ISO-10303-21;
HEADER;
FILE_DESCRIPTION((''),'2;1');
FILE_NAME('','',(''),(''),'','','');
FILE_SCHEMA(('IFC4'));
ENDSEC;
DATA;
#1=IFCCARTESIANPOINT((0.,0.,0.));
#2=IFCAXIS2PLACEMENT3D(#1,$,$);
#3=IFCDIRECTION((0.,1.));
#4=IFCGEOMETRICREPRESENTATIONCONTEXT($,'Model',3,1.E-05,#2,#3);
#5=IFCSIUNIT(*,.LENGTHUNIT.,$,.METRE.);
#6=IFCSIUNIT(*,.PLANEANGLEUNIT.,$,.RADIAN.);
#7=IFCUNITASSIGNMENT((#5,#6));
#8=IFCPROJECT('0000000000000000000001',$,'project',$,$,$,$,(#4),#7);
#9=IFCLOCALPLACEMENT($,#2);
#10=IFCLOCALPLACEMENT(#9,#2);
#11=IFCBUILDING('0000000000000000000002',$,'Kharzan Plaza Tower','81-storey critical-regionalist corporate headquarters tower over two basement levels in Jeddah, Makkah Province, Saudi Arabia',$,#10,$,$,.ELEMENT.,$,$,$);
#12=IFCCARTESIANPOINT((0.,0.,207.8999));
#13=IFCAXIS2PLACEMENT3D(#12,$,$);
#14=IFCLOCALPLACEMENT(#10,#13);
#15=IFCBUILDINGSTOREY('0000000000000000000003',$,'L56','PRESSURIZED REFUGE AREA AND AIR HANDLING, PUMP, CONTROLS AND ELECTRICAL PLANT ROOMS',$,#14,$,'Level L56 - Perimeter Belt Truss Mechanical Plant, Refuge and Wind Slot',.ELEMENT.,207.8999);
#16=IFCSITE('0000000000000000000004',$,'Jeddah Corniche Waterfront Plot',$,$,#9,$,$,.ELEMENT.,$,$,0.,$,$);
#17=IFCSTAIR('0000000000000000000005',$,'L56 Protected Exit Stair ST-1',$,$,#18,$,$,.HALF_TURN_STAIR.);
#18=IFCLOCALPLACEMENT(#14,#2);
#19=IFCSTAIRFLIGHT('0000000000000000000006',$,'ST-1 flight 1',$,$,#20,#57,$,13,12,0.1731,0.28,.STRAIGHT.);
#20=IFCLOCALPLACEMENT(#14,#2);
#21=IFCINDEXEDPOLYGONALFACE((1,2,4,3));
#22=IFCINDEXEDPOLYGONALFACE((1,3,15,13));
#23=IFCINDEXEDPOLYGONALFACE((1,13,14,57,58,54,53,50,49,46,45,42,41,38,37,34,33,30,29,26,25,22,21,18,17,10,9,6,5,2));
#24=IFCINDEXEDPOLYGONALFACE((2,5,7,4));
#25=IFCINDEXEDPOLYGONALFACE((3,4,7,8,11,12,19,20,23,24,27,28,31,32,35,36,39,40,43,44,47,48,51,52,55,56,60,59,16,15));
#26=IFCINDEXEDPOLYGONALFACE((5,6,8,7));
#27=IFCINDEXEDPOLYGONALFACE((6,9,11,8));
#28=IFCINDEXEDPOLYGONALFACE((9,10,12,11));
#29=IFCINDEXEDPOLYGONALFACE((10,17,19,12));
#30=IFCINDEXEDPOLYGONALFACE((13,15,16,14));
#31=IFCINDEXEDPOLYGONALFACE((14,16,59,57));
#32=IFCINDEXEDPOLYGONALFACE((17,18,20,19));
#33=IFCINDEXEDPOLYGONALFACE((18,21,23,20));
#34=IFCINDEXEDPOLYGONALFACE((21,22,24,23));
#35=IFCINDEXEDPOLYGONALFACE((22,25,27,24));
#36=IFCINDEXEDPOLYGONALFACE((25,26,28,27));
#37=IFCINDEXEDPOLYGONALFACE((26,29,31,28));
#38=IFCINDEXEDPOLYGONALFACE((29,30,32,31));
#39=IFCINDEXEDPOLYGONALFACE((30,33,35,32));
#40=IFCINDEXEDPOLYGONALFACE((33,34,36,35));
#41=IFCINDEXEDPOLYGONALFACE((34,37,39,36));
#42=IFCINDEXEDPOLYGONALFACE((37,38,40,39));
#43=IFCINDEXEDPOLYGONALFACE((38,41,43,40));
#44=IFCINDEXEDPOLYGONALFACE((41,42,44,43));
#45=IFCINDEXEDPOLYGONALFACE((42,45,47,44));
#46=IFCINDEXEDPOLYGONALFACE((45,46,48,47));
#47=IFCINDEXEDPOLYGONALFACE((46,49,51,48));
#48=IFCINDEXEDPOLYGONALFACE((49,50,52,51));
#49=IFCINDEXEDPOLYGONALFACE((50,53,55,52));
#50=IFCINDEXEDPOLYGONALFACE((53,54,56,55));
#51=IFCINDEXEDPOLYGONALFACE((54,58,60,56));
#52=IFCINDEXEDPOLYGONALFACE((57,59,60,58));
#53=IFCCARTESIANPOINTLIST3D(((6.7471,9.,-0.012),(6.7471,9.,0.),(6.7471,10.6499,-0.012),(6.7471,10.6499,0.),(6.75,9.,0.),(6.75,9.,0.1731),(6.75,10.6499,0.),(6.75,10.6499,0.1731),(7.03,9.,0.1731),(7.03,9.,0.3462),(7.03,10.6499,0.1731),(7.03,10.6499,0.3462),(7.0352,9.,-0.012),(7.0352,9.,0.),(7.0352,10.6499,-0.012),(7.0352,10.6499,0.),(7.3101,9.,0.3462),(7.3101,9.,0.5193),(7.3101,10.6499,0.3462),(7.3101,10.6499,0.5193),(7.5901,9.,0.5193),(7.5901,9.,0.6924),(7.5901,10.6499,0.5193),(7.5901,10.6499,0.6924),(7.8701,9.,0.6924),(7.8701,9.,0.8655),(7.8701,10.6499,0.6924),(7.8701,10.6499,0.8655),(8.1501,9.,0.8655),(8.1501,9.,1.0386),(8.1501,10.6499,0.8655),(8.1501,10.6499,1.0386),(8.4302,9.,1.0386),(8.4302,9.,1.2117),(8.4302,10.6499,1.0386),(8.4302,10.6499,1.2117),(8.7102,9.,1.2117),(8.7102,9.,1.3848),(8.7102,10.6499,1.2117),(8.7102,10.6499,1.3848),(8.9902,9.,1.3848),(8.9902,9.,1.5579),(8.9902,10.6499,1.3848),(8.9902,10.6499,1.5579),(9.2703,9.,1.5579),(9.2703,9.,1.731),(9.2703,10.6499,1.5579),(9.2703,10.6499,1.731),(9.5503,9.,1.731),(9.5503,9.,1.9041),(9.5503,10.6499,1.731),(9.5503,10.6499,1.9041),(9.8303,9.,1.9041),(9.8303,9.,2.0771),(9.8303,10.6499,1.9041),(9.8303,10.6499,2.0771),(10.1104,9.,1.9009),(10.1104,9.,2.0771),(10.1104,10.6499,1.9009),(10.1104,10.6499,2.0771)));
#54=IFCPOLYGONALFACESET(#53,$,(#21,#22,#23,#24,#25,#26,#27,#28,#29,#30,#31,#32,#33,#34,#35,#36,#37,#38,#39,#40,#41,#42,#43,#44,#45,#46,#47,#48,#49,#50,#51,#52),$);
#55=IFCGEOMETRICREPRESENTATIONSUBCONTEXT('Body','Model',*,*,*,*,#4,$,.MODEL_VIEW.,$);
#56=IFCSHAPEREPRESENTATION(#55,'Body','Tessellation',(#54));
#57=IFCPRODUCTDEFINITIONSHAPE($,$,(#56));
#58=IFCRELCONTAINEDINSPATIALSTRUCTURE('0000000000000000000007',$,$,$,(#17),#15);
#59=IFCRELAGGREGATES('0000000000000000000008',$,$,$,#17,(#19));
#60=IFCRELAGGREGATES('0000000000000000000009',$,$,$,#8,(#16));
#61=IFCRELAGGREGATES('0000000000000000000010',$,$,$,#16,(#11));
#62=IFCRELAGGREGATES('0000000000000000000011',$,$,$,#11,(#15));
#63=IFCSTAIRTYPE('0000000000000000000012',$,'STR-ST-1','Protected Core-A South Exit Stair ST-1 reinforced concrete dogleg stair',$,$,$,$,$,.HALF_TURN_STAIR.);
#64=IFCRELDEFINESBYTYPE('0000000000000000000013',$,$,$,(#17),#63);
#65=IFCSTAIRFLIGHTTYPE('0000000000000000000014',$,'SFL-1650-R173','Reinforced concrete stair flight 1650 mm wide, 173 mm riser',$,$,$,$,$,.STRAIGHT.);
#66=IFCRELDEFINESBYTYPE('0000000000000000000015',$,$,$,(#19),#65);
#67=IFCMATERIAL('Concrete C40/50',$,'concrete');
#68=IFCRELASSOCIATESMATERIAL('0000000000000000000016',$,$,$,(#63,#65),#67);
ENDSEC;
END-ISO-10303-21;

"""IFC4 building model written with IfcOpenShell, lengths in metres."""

from ifc_helpers import new_model, si_unit, direction, frame, origin, place, context, subcontext, project, spatial, polyline, outline, extrude, source, transform, mapped, material, type_object, element, aggregate, save


model = new_model("IFC4")

# Units and contexts
model_context = context("Model", 3, precision=1e-05, world=origin(), true_north=direction((0.0, 1.0)))
body_context = subcontext(model_context, "Body", "Model", "MODEL_VIEW")
ifc_project = project(units=[si_unit("LENGTHUNIT", "METRE"), si_unit("PLANEANGLEUNIT", "RADIAN")], contexts=[model_context])

# Site, building, storey
site_placement = place(None, origin())
site = spatial("IfcSite", under=ifc_project, at=site_placement, Name="Jeddah Corniche Waterfront Plot", CompositionType="ELEMENT", RefElevation=0.0)
building_placement = place(site_placement, origin())
building = spatial("IfcBuilding", under=site, at=building_placement, Name="Kharzan Plaza Tower", Description="81-storey critical-regionalist corporate headquarters tower over two basement levels in Jeddah, Makkah Province, Saudi Arabia", CompositionType="ELEMENT")
storey_placement = place(building_placement, frame((0.0, 0.0, 207.8999)))
storey = spatial("IfcBuildingStorey", under=building, at=storey_placement, Name="L56", Description="PRESSURIZED REFUGE AREA AND AIR HANDLING, PUMP, CONTROLS AND ELECTRICAL PLANT ROOMS", LongName="Level L56 - Perimeter Belt Truss Mechanical Plant, Refuge and Wind Slot", CompositionType="ELEMENT", Elevation=207.8999)

# Shared definitions
ifc_material_1 = material(Name="Concrete C40/50", Category="concrete")

# Stair, stair flight
stair_type = type_object("IfcStairType", Name="STR-ST-1", Description="Protected Core-A South Exit Stair ST-1 reinforced concrete dogleg stair", PredefinedType="HALF_TURN_STAIR", material=ifc_material_1)
stair_placement = place(storey_placement, origin())
stair = element("IfcStair", 1, at=stair_placement, inside=storey, type_object=stair_type, Name="L56 Protected Exit Stair ST-1", PredefinedType="HALF_TURN_STAIR")
stair_flight_type = type_object("IfcStairFlightType", Name="SFL-1650-R173", Description="Reinforced concrete stair flight 1650 mm wide, 173 mm riser", PredefinedType="STRAIGHT", material=ifc_material_1)
shared_shape_1 = source(origin(), body_context, "Body", "SweptSolid", [
    extrude(outline(polyline([(-0.0029, -0.012), (-0.0029, 0.0), (0.0, 0.0), (0.0, 0.1731), (0.28, 0.1731), (0.28, 0.3462), (0.5601, 0.3462), (0.5601, 0.5193), (0.8401, 0.5193), (0.8401, 0.6924), (1.1201, 0.6924), (1.1201, 0.8655), (1.4001, 0.8655), (1.4001, 1.0386), (1.6802, 1.0386), (1.6802, 1.2117), (1.9602, 1.2117), (1.9602, 1.3848), (2.2402, 1.3848), (2.2402, 1.5579), (2.5203, 1.5579), (2.5203, 1.731), (2.8003, 1.731), (2.8003, 1.9041), (3.0803, 1.9041), (3.0803, 2.0771), (3.3604, 2.0771), (3.3604, 2.2502), (3.3604, 1.9009), (0.2852, 0.0), (0.2852, -0.012), (-0.0029, -0.012)])), frame((0.0, 0.825, 0.0), z_axis=(0.0, -1.0, 0.0), x_axis=(1.0, 0.0, 0.0)), (0.0, 0.0, 1.0), 1.6499),
])
stair_flight_placement = place(storey_placement, frame((6.75, 9.825, 0.0), z_axis=(0.0, 0.0, 1.0), x_axis=(1.0, 0.0, 0.0)))
stair_flight = element("IfcStairFlight", 2, at=stair_flight_placement, type_object=stair_flight_type, Name="ST-1 flight 1", NumberOfRisers=13, NumberOfTreads=12, PredefinedType="STRAIGHT", RiserHeight=0.1731, TreadLength=0.28, context=body_context, shape_type="MappedRepresentation", body=[
    mapped(shared_shape_1, transform((0.0, 0.0, 0.0), x_axis=(1.0, 0.0, 0.0), y_axis=(0.0, 1.0, 0.0), z_axis=(0.0, 0.0, 1.0))),
])
aggregate(stair, [stair_flight])

save(model, "model.ifc")
